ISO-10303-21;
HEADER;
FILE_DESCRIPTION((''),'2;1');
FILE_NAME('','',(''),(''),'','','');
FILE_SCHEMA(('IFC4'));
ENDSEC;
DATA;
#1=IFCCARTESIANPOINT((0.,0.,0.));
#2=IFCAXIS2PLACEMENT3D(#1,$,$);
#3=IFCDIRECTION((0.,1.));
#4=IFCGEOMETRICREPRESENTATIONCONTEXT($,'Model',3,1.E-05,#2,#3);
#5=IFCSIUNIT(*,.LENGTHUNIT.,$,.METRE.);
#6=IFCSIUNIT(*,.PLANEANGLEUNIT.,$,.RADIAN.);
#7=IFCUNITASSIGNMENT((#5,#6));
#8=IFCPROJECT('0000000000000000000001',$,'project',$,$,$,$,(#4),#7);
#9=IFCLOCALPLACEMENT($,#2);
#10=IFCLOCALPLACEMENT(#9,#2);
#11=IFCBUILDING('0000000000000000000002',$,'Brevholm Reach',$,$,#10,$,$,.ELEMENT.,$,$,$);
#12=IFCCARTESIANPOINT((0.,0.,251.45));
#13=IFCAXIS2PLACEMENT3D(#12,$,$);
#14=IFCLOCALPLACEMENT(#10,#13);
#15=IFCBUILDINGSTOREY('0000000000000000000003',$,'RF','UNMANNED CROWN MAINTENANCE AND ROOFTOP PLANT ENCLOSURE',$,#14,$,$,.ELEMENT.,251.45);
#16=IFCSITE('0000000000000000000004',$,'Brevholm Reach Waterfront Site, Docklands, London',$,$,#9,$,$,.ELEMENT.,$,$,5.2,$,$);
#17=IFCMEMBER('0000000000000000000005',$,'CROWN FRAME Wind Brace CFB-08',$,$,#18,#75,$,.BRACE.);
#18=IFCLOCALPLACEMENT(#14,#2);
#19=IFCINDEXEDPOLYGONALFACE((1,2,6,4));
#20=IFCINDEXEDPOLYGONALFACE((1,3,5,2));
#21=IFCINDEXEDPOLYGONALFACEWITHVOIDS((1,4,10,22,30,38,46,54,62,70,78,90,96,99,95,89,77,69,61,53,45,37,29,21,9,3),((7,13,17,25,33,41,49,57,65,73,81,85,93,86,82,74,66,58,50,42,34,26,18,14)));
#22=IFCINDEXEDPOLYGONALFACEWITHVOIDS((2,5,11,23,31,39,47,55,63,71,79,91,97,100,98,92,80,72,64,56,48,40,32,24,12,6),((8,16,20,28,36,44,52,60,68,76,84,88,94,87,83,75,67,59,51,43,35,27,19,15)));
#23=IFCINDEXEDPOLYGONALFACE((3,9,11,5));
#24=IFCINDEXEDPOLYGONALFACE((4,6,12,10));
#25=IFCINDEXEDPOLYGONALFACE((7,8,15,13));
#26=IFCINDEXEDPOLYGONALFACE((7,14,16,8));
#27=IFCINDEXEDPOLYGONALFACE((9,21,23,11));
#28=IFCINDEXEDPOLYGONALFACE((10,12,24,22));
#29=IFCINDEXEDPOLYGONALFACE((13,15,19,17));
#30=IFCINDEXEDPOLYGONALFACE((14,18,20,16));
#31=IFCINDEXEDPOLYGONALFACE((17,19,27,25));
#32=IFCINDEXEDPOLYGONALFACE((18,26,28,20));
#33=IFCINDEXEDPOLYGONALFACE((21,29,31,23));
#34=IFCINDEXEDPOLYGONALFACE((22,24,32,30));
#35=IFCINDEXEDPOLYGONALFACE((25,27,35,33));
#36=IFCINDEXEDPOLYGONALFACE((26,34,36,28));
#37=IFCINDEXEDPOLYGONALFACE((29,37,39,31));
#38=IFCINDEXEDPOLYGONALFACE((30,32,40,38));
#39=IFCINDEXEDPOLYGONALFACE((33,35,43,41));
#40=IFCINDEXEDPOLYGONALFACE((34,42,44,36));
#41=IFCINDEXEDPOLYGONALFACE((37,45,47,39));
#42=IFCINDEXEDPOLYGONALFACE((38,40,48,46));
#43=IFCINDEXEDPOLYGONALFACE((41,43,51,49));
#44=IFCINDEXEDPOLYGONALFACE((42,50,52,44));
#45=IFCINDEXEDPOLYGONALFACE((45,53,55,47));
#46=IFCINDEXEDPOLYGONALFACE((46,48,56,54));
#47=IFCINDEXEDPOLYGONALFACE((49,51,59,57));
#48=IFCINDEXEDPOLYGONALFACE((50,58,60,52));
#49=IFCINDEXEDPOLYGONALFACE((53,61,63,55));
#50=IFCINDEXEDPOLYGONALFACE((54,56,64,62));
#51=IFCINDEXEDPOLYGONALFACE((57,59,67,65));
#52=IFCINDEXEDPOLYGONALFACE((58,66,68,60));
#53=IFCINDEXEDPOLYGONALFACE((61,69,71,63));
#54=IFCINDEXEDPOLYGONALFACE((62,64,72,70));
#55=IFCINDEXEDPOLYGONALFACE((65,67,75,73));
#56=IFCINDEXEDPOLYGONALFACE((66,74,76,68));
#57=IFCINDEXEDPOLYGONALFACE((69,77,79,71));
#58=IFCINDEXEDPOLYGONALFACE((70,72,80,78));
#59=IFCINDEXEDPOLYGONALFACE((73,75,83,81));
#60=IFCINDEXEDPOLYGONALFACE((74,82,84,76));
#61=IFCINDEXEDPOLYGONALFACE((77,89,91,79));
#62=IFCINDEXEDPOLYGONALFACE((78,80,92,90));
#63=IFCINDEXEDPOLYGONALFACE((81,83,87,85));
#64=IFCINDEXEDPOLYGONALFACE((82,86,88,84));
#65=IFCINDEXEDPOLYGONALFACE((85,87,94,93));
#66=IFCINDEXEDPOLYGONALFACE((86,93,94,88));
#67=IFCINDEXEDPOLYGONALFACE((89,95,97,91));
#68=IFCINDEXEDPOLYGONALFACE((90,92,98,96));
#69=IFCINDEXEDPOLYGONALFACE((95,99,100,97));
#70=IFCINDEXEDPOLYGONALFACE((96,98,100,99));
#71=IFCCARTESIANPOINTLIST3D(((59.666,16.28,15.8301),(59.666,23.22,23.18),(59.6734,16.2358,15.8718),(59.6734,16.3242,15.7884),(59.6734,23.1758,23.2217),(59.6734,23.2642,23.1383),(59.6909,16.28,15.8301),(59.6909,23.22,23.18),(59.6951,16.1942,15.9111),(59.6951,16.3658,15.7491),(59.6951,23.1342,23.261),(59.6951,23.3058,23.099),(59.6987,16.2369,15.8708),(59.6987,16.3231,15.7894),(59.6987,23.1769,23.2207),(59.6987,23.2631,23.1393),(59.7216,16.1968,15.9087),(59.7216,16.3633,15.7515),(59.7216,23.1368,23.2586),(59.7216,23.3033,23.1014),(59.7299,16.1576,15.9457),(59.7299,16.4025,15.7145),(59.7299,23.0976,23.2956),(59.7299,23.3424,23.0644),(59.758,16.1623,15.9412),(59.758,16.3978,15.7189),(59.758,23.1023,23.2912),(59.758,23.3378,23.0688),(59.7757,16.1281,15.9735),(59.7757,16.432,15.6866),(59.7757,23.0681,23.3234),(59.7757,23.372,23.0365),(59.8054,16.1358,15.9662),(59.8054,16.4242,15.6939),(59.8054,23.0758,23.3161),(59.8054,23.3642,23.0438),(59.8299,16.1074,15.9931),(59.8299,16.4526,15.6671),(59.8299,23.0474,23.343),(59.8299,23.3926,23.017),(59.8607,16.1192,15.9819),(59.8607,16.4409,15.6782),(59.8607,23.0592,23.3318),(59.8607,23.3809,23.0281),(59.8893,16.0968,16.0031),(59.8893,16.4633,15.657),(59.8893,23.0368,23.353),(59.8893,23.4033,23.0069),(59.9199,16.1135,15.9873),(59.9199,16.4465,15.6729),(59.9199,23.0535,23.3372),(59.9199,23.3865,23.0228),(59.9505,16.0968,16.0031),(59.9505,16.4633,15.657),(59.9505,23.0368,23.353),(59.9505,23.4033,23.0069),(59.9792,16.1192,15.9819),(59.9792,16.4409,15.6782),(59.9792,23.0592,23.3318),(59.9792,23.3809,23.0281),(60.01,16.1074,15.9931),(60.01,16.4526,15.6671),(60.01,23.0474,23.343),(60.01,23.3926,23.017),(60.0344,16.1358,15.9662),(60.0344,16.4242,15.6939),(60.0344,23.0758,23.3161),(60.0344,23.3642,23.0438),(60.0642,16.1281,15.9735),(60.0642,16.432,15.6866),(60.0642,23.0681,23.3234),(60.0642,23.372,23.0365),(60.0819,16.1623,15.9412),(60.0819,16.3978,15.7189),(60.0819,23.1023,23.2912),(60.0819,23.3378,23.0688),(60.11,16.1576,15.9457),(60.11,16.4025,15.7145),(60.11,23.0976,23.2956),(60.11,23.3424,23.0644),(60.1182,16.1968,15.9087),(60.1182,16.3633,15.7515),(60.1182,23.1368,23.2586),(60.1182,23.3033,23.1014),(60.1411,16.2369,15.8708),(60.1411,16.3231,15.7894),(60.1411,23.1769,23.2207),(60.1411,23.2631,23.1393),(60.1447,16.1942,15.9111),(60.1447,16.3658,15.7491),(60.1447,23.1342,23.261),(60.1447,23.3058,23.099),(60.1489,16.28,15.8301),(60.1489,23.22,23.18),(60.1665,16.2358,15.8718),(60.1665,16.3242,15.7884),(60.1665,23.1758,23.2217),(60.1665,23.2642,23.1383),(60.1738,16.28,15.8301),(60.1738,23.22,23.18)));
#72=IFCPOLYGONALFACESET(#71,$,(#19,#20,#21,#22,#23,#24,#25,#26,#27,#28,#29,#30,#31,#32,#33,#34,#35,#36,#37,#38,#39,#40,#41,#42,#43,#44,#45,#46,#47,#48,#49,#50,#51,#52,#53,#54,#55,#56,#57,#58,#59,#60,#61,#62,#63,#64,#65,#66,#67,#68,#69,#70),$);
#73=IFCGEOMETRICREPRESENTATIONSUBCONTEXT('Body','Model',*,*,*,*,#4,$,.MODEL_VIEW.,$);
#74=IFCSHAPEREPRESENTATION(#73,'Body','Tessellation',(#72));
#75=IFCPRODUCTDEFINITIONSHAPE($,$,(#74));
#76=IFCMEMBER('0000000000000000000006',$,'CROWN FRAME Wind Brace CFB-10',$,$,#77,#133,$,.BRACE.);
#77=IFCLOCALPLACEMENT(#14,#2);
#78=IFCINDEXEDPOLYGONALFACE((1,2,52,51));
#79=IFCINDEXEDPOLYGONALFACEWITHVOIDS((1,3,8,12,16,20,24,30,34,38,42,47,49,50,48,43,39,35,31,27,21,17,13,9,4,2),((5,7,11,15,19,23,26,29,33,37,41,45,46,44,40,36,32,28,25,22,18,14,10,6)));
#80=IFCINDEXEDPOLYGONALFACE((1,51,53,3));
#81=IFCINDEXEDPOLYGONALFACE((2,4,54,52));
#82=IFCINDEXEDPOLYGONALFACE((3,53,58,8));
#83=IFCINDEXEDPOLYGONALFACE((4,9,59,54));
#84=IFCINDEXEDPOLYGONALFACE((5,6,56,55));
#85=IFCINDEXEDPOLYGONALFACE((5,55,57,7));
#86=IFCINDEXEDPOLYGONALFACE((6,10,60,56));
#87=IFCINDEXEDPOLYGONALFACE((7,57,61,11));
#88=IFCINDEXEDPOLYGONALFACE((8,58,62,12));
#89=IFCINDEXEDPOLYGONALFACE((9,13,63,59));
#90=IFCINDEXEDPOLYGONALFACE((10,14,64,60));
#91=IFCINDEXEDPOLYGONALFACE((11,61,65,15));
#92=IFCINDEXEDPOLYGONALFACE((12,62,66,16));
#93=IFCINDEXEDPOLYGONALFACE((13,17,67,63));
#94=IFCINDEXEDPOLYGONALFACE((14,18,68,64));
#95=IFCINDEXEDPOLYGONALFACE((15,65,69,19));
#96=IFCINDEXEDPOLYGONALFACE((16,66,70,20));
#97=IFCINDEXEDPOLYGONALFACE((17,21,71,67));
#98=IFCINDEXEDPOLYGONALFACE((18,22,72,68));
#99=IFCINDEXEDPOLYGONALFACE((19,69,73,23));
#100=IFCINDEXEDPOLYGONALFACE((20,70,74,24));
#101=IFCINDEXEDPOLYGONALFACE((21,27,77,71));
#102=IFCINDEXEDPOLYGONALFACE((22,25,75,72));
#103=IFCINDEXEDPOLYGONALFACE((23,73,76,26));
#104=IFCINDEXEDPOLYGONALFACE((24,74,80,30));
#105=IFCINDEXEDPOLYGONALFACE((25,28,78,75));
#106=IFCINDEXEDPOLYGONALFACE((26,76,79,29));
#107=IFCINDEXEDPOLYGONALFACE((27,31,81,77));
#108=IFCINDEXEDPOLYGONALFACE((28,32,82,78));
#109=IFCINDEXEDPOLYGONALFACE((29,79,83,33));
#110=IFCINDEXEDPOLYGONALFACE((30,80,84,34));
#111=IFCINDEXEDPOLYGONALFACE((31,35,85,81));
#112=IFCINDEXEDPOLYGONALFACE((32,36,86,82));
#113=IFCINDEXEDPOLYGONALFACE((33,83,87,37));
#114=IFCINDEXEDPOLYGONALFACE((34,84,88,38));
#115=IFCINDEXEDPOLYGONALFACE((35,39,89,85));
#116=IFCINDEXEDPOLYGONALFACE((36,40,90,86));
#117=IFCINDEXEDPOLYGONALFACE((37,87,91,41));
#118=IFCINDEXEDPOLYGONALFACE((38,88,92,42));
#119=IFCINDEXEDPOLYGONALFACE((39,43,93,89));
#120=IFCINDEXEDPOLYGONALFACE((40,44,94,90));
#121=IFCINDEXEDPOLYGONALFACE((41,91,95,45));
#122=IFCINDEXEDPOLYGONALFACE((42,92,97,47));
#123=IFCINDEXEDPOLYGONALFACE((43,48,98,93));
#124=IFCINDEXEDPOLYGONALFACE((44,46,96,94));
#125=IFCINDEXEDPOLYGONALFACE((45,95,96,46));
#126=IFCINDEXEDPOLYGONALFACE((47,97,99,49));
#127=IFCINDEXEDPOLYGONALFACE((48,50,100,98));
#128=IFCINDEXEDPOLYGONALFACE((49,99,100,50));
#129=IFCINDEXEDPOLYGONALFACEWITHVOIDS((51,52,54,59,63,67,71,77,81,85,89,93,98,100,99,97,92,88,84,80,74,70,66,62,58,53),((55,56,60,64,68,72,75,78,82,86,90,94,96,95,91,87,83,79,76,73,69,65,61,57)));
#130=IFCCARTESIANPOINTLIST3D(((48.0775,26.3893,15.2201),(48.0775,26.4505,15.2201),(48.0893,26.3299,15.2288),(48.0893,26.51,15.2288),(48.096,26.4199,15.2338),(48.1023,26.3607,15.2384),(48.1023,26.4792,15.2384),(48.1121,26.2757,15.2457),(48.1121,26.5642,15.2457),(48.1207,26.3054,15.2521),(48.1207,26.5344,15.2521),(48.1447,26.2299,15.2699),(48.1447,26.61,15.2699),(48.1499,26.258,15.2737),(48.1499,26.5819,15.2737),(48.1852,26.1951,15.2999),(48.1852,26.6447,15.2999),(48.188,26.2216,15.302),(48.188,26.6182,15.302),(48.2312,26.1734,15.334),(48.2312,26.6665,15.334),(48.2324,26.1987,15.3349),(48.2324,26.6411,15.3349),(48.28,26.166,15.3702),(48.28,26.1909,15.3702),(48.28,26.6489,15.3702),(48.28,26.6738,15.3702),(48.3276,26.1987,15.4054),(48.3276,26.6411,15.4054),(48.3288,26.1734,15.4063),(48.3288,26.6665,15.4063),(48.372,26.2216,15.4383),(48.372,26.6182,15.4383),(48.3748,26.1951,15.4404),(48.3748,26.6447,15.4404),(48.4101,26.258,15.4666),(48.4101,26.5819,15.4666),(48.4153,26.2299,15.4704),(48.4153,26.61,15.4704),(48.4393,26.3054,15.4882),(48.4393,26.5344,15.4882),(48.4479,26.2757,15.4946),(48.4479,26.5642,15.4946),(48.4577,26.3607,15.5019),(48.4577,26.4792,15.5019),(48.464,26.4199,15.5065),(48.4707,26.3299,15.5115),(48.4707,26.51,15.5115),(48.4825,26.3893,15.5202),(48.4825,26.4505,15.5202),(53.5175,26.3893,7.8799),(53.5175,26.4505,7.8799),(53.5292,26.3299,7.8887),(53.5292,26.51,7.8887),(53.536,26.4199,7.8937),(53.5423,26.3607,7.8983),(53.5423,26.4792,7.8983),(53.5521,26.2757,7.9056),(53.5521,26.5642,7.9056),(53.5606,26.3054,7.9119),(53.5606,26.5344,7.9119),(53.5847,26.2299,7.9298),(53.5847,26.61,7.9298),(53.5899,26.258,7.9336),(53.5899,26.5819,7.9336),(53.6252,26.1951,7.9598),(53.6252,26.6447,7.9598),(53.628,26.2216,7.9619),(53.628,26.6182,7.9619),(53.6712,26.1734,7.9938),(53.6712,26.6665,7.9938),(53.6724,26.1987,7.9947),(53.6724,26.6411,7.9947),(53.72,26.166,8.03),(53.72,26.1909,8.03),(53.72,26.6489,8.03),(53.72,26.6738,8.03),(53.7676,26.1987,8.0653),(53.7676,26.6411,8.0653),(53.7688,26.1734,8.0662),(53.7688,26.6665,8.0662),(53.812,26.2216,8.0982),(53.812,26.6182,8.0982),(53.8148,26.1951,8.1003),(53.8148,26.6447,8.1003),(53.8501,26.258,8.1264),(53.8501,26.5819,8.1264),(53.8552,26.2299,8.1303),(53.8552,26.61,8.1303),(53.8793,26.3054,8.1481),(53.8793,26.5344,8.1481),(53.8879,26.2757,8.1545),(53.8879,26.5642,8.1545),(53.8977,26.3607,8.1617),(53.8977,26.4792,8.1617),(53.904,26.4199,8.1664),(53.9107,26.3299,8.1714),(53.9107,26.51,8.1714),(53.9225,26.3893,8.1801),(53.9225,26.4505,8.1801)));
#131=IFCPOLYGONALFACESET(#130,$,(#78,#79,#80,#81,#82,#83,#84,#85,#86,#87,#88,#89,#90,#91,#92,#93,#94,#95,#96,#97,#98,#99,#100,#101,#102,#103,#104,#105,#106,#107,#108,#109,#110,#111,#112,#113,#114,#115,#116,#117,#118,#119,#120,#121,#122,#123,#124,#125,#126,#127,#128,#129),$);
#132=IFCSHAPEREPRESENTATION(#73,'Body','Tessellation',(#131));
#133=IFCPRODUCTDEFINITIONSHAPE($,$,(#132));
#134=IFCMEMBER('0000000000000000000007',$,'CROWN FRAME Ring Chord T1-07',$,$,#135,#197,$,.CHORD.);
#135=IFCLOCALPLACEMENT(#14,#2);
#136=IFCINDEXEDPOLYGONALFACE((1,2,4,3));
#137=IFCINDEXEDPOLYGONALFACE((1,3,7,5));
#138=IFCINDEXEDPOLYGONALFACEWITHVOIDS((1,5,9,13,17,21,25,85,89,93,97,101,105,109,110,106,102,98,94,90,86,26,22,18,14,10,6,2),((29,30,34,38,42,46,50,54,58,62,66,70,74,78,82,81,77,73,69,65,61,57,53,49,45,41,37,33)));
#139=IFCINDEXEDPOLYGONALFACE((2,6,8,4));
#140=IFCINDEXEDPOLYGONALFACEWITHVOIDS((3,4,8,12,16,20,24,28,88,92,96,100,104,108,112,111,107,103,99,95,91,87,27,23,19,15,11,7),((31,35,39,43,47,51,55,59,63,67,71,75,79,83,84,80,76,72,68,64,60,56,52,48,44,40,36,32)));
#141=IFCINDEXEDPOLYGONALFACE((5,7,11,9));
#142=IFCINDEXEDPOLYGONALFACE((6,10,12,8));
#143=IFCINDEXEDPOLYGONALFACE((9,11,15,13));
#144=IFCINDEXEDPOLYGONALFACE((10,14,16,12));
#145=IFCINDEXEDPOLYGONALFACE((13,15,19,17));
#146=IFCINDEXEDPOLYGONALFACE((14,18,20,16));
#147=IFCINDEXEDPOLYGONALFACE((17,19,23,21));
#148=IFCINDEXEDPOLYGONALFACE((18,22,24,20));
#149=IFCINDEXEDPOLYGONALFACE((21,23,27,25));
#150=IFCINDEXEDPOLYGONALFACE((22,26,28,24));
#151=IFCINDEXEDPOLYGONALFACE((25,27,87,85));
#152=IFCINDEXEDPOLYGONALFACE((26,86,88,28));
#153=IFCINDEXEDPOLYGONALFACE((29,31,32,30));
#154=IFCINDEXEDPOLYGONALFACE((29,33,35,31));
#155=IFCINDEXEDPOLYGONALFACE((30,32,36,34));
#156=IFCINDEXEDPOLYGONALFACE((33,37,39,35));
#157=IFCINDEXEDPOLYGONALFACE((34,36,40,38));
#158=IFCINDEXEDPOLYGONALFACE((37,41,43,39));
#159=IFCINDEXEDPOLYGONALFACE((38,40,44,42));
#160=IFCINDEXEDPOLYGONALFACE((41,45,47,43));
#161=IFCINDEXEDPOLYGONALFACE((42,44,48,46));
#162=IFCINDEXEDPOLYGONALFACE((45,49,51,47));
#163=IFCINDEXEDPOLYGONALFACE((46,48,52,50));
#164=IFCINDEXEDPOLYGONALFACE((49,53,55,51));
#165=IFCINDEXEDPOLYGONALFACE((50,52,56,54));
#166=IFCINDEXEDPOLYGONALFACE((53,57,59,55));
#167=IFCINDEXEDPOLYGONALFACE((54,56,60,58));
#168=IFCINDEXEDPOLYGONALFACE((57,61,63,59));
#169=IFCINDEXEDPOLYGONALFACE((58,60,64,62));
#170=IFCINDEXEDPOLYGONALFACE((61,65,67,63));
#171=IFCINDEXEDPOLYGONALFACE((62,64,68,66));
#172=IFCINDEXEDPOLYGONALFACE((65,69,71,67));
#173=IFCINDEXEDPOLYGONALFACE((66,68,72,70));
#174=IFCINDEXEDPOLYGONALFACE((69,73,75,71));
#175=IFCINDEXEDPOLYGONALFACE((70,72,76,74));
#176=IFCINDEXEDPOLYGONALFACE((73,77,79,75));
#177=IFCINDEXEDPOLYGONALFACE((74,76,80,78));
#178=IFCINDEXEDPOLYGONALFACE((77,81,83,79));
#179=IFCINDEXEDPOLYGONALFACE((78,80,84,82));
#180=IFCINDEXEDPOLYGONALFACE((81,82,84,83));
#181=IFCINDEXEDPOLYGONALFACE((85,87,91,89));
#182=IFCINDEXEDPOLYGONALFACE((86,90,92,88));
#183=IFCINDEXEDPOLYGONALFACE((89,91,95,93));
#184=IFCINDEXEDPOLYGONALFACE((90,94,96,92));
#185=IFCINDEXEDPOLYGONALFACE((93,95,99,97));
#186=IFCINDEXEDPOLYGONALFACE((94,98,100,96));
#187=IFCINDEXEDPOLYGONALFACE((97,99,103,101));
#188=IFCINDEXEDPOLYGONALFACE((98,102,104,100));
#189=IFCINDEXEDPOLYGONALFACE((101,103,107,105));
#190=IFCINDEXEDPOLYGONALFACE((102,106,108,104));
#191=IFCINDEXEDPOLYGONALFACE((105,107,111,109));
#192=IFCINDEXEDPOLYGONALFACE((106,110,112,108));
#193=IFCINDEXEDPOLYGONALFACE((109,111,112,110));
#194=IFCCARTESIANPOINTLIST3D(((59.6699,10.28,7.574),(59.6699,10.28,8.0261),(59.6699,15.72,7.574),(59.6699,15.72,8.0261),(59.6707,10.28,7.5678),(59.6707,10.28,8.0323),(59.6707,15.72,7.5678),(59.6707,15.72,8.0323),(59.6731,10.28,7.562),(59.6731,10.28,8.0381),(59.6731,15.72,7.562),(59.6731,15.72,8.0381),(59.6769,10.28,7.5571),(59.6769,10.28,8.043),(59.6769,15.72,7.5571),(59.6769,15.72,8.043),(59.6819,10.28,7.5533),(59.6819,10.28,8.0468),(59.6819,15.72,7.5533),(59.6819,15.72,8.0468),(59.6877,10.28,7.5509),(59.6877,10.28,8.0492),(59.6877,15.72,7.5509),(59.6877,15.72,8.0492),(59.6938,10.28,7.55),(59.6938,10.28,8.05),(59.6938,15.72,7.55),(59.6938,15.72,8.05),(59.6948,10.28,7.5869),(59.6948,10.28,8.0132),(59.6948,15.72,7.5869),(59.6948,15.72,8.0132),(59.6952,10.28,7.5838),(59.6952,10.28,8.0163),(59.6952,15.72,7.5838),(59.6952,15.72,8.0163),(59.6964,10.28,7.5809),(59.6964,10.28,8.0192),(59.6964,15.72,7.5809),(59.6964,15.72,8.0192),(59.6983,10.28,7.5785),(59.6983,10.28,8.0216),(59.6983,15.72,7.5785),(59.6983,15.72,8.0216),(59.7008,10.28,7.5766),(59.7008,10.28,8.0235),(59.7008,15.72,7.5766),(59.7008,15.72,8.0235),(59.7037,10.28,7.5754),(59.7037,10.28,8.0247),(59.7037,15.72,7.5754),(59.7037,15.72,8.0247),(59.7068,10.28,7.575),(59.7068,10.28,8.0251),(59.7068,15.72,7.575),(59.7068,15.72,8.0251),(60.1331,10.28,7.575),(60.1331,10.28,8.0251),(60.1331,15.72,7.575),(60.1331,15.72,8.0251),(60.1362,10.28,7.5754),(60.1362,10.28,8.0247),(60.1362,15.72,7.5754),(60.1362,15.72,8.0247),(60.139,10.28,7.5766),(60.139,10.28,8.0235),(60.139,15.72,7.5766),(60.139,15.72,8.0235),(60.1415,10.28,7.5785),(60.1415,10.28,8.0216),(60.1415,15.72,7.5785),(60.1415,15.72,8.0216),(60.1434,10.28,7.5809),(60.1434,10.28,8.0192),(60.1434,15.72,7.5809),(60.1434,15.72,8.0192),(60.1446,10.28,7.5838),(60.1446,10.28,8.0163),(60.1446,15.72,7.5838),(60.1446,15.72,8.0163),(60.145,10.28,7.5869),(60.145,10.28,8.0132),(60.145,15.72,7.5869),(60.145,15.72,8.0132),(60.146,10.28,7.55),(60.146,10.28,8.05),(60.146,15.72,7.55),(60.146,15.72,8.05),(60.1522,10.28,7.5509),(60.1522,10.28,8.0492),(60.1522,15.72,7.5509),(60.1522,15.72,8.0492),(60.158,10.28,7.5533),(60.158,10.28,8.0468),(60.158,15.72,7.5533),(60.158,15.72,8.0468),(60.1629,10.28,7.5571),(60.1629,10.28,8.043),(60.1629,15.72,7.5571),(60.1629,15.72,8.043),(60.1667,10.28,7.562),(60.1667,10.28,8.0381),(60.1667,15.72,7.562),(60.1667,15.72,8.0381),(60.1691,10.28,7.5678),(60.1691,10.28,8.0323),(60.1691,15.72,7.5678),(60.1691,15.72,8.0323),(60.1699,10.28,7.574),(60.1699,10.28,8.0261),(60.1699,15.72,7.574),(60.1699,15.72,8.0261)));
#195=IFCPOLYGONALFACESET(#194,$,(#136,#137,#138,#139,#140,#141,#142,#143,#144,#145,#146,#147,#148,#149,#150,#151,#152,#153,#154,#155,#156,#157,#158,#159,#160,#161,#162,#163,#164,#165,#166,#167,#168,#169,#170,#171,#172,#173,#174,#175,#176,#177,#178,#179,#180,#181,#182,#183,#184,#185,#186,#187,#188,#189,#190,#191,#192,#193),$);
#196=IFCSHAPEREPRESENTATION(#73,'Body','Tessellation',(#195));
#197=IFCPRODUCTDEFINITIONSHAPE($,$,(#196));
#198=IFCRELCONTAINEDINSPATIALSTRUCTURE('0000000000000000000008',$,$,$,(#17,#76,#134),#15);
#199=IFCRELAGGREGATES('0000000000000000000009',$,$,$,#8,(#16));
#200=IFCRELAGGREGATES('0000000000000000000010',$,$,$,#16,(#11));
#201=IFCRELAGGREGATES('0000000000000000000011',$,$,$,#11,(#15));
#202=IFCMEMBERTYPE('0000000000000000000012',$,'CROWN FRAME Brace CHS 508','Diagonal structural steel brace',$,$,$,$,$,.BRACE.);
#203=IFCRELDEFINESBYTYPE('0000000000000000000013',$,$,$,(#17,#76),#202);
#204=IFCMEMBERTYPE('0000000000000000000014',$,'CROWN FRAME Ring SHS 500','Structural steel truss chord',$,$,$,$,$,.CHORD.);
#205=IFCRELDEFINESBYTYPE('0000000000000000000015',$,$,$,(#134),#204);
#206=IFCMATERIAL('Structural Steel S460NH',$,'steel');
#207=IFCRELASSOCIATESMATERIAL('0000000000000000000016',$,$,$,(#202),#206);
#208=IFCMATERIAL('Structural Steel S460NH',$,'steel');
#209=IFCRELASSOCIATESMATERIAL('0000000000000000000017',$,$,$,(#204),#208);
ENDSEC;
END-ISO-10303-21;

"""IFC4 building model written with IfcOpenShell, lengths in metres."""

from ifc_helpers import new_model, si_unit, direction, frame, origin, origin_2d, place, context, subcontext, project, spatial, hollow_rectangle, hollow_circle, extrude, material, material_profile, profile_set, type_object, element, save


model = new_model("IFC4")

# Units and contexts
model_context = context("Model", 3, precision=1e-05, world=origin(), true_north=direction((0.0, 1.0)))
body_context = subcontext(model_context, "Body", "Model", "MODEL_VIEW")
ifc_project = project(units=[si_unit("LENGTHUNIT", "METRE"), si_unit("PLANEANGLEUNIT", "RADIAN")], contexts=[model_context])

# Site, building, storey
site_placement = place(None, origin())
site = spatial("IfcSite", under=ifc_project, at=site_placement, Name="Brevholm Reach Waterfront Site, Docklands, London", CompositionType="ELEMENT", RefElevation=5.2)
building_placement = place(site_placement, origin())
building = spatial("IfcBuilding", under=site, at=building_placement, Name="Brevholm Reach", CompositionType="ELEMENT")
storey_placement = place(building_placement, frame((0.0, 0.0, 251.45)))
storey = spatial("IfcBuildingStorey", under=building, at=storey_placement, Name="RF", Description="UNMANNED CROWN MAINTENANCE AND ROOFTOP PLANT ENCLOSURE", CompositionType="ELEMENT", Elevation=251.45)

# Members
ifc_material_1 = material(Name="Structural Steel S460NH", Category="steel")
ifc_material_profile_1 = material_profile(ifc_material_1, hollow_circle(Radius=0.2539, WallThickness=0.0249, at=origin_2d()), Name="CHS 508x25")
ifc_profile_set_1 = profile_set([ifc_material_profile_1], Name="Structural Steel S460NH")
member_type_1 = type_object("IfcMemberType", Name="CROWN FRAME Brace CHS 508", Description="Diagonal structural steel brace", PredefinedType="BRACE", material=ifc_profile_set_1)
member_1_placement = place(storey_placement, frame((59.9199, 16.28, 15.8301), z_axis=(0.0, 0.686541, 0.727092), x_axis=(-1.0, 0.0, 0.0)))
element("IfcMember", 1, at=member_1_placement, inside=storey, type_object=member_type_1, Name="CROWN FRAME Wind Brace CFB-08", PredefinedType="BRACE", context=body_context, shape_type="SweptSolid", body=[
    extrude(hollow_circle(Radius=0.2539, WallThickness=0.0249, at=origin_2d()), origin(), (0.0, 0.0, 1.0), 10.1086),
])
member_2_placement = place(storey_placement, frame((53.72, 26.4199, 8.03), z_axis=(-0.595428, 0.0, 0.803409), x_axis=(0.0, -1.0, 0.0)))
element("IfcMember", 2, at=member_2_placement, inside=storey, type_object=member_type_1, Name="CROWN FRAME Wind Brace CFB-10", PredefinedType="BRACE", context=body_context, shape_type="SweptSolid", body=[
    extrude(hollow_circle(Radius=0.2539, WallThickness=0.0249, at=origin_2d()), origin(), (0.0, 0.0, 1.0), 9.1362),
])
ifc_material_2 = material(Name="Structural Steel S460NH", Category="steel")
ifc_material_profile_2 = material_profile(ifc_material_2, hollow_rectangle(XDim=0.5, YDim=0.5, WallThickness=0.0249, InnerFilletRadius=0.012, OuterFilletRadius=0.0239, at=origin_2d()), Name="SHS 500x500x25")
ifc_profile_set_2 = profile_set([ifc_material_profile_2], Name="Structural Steel S460NH")
member_type_2 = type_object("IfcMemberType", Name="CROWN FRAME Ring SHS 500", Description="Structural steel truss chord", PredefinedType="CHORD", material=ifc_profile_set_2)
member_3_placement = place(storey_placement, frame((59.9199, 10.28, 7.8), z_axis=(0.0, 1.0, 0.0), x_axis=(-1.0, 0.0, 0.0)))
element("IfcMember", 3, at=member_3_placement, inside=storey, type_object=member_type_2, Name="CROWN FRAME Ring Chord T1-07", PredefinedType="CHORD", context=body_context, shape_type="SweptSolid", body=[
    extrude(hollow_rectangle(XDim=0.5, YDim=0.5, WallThickness=0.0249, InnerFilletRadius=0.012, OuterFilletRadius=0.0239, at=origin_2d()), origin(), (0.0, 0.0, 1.0), 5.4399),
])

save(model, "model.ifc")
